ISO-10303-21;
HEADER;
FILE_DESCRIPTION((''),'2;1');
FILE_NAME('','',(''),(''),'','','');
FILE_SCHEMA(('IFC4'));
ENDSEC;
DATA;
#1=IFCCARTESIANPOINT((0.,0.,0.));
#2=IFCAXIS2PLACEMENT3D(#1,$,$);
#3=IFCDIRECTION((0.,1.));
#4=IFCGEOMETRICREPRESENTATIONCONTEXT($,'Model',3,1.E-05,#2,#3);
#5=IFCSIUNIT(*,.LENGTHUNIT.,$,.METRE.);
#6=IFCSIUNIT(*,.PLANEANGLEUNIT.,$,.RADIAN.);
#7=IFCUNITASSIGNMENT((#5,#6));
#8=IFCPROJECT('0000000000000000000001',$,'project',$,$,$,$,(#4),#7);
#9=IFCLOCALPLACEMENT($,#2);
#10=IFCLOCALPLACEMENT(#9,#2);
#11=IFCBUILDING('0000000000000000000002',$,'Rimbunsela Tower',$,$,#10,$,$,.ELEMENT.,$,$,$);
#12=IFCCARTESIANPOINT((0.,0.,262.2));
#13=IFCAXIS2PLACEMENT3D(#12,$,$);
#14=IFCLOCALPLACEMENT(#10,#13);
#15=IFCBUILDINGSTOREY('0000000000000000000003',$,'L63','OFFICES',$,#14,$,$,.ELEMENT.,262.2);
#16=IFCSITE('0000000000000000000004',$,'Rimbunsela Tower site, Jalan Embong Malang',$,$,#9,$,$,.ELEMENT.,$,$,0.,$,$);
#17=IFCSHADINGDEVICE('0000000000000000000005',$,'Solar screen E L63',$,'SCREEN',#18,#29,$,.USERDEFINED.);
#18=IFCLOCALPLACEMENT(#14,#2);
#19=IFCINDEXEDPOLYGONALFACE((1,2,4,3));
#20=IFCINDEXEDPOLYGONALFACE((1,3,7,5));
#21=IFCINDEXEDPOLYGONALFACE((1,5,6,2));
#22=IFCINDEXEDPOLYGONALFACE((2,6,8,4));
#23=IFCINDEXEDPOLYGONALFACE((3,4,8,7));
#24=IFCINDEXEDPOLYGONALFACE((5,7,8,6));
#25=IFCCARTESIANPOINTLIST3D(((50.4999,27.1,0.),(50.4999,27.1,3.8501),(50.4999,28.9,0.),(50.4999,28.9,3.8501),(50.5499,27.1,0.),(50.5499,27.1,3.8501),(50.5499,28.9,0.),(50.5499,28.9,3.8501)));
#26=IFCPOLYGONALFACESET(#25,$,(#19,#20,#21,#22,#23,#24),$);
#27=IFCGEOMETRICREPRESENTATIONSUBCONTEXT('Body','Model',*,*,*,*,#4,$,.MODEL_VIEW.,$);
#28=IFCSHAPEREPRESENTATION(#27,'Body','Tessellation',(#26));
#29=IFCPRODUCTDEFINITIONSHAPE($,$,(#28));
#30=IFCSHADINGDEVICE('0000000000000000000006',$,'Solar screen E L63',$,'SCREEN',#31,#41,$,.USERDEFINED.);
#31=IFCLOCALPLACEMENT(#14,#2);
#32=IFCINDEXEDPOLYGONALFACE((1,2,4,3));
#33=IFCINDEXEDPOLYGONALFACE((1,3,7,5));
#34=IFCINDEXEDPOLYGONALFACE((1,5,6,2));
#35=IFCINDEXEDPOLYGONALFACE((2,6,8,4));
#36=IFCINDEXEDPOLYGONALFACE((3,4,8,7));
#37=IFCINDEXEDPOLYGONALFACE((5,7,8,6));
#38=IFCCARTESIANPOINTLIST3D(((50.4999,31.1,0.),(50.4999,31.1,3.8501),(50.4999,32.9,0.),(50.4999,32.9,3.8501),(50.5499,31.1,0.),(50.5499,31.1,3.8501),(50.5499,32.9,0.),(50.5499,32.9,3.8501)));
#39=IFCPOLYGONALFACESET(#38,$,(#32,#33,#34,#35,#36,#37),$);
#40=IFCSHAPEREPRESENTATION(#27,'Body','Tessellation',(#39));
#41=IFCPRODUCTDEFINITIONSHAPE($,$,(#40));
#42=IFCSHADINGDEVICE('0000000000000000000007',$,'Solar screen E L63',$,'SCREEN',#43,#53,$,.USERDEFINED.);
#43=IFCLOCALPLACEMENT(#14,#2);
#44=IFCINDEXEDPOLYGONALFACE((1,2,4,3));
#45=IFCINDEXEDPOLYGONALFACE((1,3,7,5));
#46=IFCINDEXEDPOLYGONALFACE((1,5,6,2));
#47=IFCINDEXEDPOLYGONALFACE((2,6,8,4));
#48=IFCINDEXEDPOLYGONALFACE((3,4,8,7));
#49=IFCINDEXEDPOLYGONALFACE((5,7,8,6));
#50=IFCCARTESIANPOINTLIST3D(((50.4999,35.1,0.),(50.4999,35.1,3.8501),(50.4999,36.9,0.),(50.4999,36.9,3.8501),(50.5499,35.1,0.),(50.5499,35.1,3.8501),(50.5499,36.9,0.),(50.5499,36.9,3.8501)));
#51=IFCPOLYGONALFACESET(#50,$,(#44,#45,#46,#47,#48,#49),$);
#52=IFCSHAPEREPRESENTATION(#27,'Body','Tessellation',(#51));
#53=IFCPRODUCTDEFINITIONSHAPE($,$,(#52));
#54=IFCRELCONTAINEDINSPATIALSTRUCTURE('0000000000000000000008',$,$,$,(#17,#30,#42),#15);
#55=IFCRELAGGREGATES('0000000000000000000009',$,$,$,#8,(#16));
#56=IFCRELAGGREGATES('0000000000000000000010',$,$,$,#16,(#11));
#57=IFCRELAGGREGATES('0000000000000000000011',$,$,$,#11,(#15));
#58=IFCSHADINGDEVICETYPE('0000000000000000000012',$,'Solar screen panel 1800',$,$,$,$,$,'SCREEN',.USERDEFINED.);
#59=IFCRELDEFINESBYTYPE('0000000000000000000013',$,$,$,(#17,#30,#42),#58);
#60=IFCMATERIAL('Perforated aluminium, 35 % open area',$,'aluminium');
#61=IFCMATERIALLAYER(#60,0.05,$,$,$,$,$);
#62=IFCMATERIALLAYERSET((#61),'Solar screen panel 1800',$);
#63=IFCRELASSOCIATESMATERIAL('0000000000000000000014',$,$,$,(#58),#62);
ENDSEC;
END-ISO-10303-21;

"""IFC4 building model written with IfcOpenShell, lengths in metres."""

from ifc_helpers import new_model, si_unit, direction, frame, origin, origin_2d, place, context, subcontext, project, spatial, rectangle, extrude, material, layer, layer_set, type_object, element, save


model = new_model("IFC4")

# Units and contexts
model_context = context("Model", 3, precision=1e-05, world=origin(), true_north=direction((0.0, 1.0)))
body_context = subcontext(model_context, "Body", "Model", "MODEL_VIEW")
ifc_project = project(units=[si_unit("LENGTHUNIT", "METRE"), si_unit("PLANEANGLEUNIT", "RADIAN")], contexts=[model_context])

# Site, building, storey
site_placement = place(None, origin())
site = spatial("IfcSite", under=ifc_project, at=site_placement, Name="Rimbunsela Tower site, Jalan Embong Malang", CompositionType="ELEMENT", RefElevation=0.0)
building_placement = place(site_placement, origin())
building = spatial("IfcBuilding", under=site, at=building_placement, Name="Rimbunsela Tower", CompositionType="ELEMENT")
storey_placement = place(building_placement, frame((0.0, 0.0, 262.2)))
storey = spatial("IfcBuildingStorey", under=building, at=storey_placement, Name="L63", Description="OFFICES", CompositionType="ELEMENT", Elevation=262.2)

# Shading devices
ifc_material_1 = material(Name="Perforated aluminium, 35 % open area", Category="aluminium")
ifc_layer_1 = layer(ifc_material_1, 0.05)
ifc_layer_set_1 = layer_set([ifc_layer_1], Name="Solar screen panel 1800")
shading_device_type = type_object("IfcShadingDeviceType", Name="Solar screen panel 1800", ElementType="SCREEN", PredefinedType="USERDEFINED", material=ifc_layer_set_1)
for number, where, z_axis, x_axis, name in (
    (1, (50.5249, 28.0, 0.0), (0.0, 0.0, 1.0), (0.0, 1.0, 0.0), "Solar screen E L63"),
    (2, (50.5249, 32.0, 0.0), (0.0, 0.0, 1.0), (0.0, 1.0, 0.0), "Solar screen E L63"),
    (3, (50.5249, 36.0, 0.0), (0.0, 0.0, 1.0), (0.0, 1.0, 0.0), "Solar screen E L63"),
):
    element("IfcShadingDevice", number, at=place(storey_placement, frame(where, z_axis=z_axis, x_axis=x_axis)), inside=storey, type_object=shading_device_type, Name=name, ObjectType="SCREEN", PredefinedType="USERDEFINED", context=body_context, shape_type="SweptSolid", body=[
        extrude(rectangle(XDim=1.8, YDim=0.05, at=origin_2d()), origin(), (0.0, 0.0, 1.0), 3.8501),
    ])

save(model, "model.ifc")
